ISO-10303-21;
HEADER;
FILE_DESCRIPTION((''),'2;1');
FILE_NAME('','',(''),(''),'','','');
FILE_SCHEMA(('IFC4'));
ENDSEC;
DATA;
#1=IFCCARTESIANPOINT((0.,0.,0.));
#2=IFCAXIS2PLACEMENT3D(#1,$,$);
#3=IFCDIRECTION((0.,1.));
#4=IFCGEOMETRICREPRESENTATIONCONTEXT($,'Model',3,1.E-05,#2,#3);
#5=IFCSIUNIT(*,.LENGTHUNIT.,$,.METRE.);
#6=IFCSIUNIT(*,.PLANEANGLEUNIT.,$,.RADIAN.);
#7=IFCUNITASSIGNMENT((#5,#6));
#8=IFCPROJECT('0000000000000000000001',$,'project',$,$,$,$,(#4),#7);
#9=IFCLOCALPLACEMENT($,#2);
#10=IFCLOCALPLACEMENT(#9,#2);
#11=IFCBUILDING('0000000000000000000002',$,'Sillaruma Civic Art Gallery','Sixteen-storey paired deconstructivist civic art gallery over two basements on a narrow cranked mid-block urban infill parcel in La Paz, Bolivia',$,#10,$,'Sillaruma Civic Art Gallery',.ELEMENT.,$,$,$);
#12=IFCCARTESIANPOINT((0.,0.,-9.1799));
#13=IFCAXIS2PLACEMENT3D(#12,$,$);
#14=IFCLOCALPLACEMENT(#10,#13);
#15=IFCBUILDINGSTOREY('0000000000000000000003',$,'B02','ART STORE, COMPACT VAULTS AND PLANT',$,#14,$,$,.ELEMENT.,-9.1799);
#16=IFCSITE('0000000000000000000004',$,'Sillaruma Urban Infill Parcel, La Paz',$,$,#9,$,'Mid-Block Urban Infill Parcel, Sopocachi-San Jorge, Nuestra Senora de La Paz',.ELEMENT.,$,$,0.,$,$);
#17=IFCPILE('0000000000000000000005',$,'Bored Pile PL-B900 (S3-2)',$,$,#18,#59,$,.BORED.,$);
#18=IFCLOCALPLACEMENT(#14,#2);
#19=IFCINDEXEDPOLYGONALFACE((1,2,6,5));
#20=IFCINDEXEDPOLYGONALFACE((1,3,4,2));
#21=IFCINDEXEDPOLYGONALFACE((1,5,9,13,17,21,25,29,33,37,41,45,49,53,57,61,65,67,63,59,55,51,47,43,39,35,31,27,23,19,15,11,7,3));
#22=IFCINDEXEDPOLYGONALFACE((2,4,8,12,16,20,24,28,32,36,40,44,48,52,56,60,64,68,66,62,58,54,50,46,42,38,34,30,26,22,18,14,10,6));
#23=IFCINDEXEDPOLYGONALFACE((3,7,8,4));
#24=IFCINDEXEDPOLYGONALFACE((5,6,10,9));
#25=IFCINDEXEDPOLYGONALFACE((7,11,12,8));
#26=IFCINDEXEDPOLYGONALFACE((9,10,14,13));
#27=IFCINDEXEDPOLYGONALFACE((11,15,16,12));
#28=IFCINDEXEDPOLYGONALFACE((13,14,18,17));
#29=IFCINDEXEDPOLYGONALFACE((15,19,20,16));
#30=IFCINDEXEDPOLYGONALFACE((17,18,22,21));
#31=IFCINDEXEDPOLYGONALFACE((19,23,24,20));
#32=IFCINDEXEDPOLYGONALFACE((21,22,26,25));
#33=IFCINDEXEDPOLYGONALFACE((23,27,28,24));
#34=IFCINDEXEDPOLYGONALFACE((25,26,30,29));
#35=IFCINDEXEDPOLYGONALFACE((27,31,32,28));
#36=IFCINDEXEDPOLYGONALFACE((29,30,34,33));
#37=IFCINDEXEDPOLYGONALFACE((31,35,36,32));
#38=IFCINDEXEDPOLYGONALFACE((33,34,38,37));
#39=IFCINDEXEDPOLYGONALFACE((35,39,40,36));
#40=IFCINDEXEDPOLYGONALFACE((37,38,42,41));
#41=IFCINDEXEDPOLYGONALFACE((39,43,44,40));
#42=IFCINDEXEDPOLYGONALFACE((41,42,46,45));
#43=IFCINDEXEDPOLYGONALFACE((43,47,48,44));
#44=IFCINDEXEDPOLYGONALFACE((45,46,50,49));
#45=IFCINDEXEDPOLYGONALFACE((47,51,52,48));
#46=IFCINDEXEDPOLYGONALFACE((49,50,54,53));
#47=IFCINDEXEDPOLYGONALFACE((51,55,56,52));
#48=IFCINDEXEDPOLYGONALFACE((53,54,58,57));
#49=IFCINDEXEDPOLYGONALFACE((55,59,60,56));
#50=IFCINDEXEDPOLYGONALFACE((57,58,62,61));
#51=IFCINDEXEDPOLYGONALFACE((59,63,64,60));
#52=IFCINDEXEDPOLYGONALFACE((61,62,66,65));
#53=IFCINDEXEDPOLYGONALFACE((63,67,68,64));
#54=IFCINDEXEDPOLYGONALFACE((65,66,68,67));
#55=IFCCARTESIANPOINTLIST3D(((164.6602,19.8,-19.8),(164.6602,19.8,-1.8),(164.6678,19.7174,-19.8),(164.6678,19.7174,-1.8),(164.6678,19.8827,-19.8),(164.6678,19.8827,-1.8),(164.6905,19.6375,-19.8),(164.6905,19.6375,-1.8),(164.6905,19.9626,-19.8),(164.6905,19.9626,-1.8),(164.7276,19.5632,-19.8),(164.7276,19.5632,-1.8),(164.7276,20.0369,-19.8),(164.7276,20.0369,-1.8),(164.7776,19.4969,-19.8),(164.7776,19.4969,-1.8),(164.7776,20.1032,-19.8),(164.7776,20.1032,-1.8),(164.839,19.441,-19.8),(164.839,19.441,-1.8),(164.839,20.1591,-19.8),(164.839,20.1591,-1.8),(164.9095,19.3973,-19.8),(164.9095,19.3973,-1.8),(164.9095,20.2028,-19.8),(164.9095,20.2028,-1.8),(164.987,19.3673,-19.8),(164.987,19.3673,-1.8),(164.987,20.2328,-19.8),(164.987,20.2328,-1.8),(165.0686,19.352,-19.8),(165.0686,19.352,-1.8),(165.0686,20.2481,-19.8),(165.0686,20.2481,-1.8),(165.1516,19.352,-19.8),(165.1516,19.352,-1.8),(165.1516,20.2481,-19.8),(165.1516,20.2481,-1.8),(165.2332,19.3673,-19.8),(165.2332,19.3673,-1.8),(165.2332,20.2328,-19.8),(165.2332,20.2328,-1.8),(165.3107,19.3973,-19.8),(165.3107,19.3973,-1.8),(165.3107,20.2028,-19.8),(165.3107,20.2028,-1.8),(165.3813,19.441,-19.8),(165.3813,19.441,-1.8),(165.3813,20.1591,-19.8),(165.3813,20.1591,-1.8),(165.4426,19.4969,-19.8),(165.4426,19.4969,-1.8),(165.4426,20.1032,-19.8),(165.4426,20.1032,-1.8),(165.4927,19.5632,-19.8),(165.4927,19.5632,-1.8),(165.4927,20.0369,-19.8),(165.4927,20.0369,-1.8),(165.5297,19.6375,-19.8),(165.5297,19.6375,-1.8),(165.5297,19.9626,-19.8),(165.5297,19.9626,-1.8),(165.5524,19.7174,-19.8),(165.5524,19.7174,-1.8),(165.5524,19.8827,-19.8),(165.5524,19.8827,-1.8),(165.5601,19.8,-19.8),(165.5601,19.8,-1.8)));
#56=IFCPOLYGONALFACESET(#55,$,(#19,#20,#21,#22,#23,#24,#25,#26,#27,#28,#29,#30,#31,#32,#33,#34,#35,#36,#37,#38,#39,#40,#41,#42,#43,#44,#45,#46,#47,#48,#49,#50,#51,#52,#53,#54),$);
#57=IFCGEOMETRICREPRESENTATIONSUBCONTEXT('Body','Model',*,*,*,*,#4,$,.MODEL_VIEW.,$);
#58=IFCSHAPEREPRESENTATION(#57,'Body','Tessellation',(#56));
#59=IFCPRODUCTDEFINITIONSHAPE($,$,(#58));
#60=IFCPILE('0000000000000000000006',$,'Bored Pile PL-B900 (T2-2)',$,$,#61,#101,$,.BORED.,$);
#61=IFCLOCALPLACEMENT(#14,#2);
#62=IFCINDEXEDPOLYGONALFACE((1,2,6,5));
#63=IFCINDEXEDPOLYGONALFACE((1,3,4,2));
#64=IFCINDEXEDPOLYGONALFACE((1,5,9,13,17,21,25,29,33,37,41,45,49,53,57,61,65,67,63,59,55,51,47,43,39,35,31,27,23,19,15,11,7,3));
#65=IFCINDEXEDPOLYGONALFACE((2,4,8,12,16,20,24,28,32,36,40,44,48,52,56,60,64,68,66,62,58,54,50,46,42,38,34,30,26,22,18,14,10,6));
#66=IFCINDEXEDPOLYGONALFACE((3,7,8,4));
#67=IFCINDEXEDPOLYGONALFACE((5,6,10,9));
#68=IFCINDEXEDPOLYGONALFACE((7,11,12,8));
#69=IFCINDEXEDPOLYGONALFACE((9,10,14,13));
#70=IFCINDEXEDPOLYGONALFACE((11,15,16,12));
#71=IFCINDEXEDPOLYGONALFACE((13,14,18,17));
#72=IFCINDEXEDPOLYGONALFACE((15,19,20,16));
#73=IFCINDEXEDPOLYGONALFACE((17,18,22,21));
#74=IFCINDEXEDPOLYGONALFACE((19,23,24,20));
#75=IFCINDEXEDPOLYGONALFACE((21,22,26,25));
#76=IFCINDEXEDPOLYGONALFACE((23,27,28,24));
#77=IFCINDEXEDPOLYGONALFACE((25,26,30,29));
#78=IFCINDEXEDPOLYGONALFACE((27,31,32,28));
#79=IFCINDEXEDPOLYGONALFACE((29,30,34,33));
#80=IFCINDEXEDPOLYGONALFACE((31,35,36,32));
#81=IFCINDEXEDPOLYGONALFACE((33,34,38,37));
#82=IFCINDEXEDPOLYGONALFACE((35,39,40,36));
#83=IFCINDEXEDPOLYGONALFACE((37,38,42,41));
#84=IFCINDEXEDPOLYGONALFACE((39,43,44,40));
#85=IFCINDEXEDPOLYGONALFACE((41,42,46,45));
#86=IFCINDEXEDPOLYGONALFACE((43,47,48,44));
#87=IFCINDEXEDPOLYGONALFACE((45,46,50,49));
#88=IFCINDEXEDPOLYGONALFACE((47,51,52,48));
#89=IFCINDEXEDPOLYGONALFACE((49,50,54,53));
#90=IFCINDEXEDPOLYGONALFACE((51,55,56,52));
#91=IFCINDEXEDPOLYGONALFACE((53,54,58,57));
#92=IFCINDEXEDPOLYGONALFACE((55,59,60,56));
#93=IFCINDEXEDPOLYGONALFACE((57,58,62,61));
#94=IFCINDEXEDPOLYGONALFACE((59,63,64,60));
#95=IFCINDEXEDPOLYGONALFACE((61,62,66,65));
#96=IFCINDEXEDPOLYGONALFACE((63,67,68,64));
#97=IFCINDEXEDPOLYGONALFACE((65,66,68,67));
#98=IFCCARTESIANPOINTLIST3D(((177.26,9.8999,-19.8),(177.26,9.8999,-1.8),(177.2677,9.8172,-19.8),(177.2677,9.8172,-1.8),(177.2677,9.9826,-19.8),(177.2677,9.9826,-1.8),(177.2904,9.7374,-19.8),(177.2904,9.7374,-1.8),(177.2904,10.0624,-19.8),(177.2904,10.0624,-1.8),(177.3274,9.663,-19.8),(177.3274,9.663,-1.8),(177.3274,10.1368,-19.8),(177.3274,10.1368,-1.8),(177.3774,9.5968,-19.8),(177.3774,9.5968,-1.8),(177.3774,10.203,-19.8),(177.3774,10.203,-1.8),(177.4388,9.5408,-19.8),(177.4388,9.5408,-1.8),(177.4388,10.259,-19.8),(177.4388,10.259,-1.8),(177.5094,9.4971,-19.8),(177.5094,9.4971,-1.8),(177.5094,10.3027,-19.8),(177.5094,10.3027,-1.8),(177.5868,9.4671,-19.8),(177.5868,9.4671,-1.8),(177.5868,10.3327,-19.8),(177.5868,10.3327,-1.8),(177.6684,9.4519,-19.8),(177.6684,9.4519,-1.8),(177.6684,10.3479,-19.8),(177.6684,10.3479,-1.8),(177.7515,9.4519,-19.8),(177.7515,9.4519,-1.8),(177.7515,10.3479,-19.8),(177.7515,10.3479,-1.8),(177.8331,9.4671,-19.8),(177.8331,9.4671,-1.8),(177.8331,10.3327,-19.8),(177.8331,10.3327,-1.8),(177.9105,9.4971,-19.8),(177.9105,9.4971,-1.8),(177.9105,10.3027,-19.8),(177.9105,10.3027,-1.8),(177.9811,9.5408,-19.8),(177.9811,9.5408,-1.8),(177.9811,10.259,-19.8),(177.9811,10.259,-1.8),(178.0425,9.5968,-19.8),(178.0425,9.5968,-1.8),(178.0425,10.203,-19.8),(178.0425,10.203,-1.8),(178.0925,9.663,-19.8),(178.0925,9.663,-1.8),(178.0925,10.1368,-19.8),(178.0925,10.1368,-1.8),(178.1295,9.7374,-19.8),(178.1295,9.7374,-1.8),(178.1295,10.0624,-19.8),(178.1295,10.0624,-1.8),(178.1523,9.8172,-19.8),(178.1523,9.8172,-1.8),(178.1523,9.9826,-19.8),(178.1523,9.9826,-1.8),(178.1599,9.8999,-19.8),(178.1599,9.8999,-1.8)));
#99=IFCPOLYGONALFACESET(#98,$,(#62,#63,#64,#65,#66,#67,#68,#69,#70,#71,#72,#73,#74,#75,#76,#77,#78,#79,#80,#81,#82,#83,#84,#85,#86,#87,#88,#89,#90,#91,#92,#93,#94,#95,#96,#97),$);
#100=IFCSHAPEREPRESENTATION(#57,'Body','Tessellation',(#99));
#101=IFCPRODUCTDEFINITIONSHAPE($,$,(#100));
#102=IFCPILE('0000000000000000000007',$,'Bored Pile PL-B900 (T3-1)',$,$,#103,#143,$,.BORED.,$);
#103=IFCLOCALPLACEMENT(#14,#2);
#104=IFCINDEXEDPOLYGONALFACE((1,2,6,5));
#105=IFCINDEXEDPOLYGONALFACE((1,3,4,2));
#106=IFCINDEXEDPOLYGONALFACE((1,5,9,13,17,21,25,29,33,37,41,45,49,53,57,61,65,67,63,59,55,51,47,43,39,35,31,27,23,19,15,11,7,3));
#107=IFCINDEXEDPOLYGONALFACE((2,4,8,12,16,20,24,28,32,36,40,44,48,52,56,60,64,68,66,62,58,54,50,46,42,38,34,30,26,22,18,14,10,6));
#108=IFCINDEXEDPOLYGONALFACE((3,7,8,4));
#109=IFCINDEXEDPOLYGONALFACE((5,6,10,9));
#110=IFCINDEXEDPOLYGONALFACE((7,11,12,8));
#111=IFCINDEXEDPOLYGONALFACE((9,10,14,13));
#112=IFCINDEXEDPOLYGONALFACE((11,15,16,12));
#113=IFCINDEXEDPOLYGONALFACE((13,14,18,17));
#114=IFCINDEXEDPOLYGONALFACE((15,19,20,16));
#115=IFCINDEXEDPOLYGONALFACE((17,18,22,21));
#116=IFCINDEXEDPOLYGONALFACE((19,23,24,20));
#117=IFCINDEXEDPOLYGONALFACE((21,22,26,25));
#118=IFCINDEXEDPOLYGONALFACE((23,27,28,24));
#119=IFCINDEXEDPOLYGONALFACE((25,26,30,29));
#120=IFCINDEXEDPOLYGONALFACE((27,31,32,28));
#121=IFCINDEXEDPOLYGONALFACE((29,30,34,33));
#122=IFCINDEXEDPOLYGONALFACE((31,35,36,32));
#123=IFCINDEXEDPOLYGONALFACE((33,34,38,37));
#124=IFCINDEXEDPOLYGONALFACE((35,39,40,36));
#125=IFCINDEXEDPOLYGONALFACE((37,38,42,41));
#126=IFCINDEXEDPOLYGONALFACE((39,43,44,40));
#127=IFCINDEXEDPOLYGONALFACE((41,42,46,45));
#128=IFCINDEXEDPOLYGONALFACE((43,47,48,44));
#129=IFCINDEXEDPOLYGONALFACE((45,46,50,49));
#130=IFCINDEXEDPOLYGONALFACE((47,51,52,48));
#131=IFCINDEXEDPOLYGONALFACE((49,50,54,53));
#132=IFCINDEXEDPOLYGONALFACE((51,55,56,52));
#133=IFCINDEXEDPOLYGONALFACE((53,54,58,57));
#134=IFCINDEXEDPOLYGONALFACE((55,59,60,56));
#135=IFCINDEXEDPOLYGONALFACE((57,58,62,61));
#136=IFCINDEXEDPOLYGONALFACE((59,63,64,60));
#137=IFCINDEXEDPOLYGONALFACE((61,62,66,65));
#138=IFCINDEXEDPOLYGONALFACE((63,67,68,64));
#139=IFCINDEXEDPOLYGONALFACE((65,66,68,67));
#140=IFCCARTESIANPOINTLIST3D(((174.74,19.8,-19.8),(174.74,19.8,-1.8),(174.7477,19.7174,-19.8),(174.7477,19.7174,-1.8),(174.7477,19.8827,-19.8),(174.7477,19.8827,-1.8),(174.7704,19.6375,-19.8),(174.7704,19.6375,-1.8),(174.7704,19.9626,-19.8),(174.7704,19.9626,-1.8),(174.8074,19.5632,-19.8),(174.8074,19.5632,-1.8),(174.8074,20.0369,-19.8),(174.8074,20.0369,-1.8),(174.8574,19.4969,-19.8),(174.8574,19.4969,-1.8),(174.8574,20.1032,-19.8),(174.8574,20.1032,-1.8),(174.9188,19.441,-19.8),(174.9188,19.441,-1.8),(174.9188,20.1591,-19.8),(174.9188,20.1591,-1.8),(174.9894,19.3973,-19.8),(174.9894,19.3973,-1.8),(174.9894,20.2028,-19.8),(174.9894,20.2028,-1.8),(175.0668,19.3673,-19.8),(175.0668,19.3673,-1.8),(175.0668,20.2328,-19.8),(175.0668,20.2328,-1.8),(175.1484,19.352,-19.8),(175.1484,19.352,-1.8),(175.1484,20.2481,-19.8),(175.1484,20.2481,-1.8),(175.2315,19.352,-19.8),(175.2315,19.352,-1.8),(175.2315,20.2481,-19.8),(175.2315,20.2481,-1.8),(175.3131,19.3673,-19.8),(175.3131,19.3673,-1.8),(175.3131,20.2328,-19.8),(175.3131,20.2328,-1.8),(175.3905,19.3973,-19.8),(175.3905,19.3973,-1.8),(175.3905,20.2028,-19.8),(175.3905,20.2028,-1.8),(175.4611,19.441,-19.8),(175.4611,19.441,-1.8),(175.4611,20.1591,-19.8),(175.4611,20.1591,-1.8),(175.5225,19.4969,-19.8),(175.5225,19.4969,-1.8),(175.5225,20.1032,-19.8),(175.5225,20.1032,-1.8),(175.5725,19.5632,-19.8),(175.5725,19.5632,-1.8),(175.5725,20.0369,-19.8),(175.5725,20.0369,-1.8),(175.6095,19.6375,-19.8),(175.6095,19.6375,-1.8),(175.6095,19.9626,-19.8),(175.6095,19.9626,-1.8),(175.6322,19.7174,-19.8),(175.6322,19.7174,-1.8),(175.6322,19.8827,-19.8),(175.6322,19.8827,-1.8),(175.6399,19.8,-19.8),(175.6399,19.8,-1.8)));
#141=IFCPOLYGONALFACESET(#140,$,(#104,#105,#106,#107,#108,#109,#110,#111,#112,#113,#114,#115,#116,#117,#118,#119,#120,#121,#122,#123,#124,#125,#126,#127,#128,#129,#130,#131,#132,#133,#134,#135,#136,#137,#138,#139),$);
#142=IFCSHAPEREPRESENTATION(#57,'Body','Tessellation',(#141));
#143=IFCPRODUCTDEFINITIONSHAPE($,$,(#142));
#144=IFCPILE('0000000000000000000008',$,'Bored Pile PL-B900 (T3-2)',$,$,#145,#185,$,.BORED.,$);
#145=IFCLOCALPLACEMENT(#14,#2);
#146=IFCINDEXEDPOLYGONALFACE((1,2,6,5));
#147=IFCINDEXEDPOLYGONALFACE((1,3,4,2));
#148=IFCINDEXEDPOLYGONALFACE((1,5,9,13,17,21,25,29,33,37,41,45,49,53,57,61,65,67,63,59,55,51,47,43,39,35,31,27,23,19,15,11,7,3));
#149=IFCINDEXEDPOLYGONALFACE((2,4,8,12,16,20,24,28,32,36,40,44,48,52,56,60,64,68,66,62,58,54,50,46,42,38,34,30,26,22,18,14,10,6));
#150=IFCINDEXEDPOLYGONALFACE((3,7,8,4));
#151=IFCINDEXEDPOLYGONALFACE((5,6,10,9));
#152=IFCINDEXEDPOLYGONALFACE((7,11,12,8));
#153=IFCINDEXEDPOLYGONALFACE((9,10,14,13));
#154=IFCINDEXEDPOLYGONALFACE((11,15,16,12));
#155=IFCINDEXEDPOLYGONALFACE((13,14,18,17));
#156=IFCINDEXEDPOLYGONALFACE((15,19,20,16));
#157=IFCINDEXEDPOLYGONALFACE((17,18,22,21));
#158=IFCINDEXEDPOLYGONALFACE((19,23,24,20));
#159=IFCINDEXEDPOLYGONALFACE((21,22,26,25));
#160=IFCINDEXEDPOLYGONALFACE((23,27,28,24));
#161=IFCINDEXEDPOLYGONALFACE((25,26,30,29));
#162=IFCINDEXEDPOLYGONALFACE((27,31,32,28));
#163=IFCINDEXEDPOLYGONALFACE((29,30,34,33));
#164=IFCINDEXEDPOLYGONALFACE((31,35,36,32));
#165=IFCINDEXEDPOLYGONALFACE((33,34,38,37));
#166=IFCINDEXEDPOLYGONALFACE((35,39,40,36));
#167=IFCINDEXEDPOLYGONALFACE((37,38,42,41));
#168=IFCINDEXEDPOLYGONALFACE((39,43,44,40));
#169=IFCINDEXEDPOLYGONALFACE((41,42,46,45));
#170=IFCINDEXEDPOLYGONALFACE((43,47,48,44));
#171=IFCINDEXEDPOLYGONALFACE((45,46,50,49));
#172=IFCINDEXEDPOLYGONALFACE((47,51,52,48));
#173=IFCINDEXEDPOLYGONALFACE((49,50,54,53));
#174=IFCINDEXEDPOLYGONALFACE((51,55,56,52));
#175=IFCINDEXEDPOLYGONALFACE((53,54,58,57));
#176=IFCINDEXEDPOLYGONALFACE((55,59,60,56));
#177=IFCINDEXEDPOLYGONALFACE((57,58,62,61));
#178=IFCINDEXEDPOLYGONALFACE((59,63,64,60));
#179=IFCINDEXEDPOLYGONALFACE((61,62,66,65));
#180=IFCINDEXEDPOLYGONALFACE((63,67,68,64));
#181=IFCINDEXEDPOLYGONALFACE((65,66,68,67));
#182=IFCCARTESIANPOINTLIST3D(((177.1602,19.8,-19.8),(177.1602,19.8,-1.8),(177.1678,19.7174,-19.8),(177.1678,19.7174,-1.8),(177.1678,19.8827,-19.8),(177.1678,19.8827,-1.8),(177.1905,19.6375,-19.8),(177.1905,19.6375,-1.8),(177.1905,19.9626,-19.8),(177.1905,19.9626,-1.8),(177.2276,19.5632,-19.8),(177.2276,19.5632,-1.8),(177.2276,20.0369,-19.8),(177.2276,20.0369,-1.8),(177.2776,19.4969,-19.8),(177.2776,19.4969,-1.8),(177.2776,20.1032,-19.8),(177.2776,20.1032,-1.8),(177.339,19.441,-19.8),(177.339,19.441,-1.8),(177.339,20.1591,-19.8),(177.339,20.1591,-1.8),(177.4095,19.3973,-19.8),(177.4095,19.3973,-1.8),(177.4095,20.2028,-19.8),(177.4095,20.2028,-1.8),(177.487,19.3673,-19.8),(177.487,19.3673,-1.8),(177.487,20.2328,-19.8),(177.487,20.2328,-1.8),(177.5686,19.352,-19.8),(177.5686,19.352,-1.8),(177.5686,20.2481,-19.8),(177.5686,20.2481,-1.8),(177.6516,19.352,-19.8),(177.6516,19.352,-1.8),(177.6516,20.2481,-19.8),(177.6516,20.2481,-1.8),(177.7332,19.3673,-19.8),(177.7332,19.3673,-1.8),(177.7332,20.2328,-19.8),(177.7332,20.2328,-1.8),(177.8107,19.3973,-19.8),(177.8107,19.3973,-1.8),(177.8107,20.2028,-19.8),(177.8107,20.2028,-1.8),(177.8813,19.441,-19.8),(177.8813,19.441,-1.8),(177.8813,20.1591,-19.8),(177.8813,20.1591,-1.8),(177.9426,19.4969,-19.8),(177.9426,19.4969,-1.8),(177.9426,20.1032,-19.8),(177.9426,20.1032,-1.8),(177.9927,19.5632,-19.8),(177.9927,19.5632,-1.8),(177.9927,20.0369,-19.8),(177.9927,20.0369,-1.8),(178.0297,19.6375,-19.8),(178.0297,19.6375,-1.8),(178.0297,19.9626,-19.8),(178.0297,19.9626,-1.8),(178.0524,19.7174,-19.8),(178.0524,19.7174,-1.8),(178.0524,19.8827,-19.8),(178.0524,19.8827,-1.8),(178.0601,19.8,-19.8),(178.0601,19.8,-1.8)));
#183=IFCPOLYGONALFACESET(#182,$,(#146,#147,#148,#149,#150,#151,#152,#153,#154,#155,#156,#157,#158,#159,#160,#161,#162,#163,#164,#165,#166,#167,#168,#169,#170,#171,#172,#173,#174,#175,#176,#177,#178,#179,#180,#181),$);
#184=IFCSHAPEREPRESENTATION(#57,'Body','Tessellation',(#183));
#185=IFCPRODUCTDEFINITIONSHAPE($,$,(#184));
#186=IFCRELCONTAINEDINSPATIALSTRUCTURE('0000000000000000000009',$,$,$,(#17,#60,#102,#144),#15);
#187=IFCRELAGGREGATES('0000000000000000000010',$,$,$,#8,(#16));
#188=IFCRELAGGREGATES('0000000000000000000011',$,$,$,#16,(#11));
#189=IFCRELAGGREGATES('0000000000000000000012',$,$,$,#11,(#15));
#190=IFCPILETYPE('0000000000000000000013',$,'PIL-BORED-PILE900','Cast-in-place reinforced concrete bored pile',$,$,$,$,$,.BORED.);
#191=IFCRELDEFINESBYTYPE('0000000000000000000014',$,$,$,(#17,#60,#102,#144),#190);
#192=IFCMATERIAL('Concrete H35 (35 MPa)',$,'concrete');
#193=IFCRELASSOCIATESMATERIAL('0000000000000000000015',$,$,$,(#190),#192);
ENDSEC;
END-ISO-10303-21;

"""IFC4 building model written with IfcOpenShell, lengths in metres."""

from ifc_helpers import new_model, si_unit, direction, frame, origin, origin_2d, place, context, subcontext, project, spatial, circle, extrude, material, material_profile, profile_set, type_object, element, save


model = new_model("IFC4")

# Units and contexts
model_context = context("Model", 3, precision=1e-05, world=origin(), true_north=direction((0.0, 1.0)))
body_context = subcontext(model_context, "Body", "Model", "MODEL_VIEW")
ifc_project = project(units=[si_unit("LENGTHUNIT", "METRE"), si_unit("PLANEANGLEUNIT", "RADIAN")], contexts=[model_context])

# Site, building, storey
site_placement = place(None, origin())
site = spatial("IfcSite", under=ifc_project, at=site_placement, Name="Sillaruma Urban Infill Parcel, La Paz", LongName="Mid-Block Urban Infill Parcel, Sopocachi-San Jorge, Nuestra Senora de La Paz", CompositionType="ELEMENT", RefElevation=0.0)
building_placement = place(site_placement, origin())
building = spatial("IfcBuilding", under=site, at=building_placement, Name="Sillaruma Civic Art Gallery", Description="Sixteen-storey paired deconstructivist civic art gallery over two basements on a narrow cranked mid-block urban infill parcel in La Paz, Bolivia", LongName="Sillaruma Civic Art Gallery", CompositionType="ELEMENT")
storey_placement = place(building_placement, frame((0.0, 0.0, -9.1799)))
storey = spatial("IfcBuildingStorey", under=building, at=storey_placement, Name="B02", Description="ART STORE, COMPACT VAULTS AND PLANT", CompositionType="ELEMENT", Elevation=-9.1799)

# Shared definitions
ifc_material_1 = material(Name="Concrete H35 (35 MPa)", Category="concrete")

# Piles
ifc_material_profile_1 = material_profile(ifc_material_1, circle(Radius=0.45, at=origin_2d()), Name="PILE900")
ifc_profile_set_1 = profile_set([ifc_material_profile_1], Name="Concrete H35 (35 MPa)")
pile_type_1 = type_object("IfcPileType", Name="PIL-BORED-PILE900", Description="Cast-in-place reinforced concrete bored pile", PredefinedType="BORED", material=ifc_profile_set_1)
for number, where, z_axis, x_axis, name in (
    (1, (165.1101, 19.8, -1.8), (0.0, 0.0, -1.0), (1.0, 0.0, 0.0), "Bored Pile PL-B900 (S3-2)"),
    (2, (177.71, 9.8999, -1.8), (0.0, 0.0, -1.0), (1.0, 0.0, 0.0), "Bored Pile PL-B900 (T2-2)"),
    (3, (175.1899, 19.8, -1.8), (0.0, 0.0, -1.0), (1.0, 0.0, 0.0), "Bored Pile PL-B900 (T3-1)"),
    (4, (177.6101, 19.8, -1.8), (0.0, 0.0, -1.0), (1.0, 0.0, 0.0), "Bored Pile PL-B900 (T3-2)"),
):
    element("IfcPile", number, at=place(storey_placement, frame(where, z_axis=z_axis, x_axis=x_axis)), inside=storey, type_object=pile_type_1, Name=name, PredefinedType="BORED", context=body_context, shape_type="SweptSolid", body=[
        extrude(circle(Radius=0.45, at=origin_2d()), origin(), (0.0, 0.0, 1.0), 18.0),
    ])

save(model, "model.ifc")
